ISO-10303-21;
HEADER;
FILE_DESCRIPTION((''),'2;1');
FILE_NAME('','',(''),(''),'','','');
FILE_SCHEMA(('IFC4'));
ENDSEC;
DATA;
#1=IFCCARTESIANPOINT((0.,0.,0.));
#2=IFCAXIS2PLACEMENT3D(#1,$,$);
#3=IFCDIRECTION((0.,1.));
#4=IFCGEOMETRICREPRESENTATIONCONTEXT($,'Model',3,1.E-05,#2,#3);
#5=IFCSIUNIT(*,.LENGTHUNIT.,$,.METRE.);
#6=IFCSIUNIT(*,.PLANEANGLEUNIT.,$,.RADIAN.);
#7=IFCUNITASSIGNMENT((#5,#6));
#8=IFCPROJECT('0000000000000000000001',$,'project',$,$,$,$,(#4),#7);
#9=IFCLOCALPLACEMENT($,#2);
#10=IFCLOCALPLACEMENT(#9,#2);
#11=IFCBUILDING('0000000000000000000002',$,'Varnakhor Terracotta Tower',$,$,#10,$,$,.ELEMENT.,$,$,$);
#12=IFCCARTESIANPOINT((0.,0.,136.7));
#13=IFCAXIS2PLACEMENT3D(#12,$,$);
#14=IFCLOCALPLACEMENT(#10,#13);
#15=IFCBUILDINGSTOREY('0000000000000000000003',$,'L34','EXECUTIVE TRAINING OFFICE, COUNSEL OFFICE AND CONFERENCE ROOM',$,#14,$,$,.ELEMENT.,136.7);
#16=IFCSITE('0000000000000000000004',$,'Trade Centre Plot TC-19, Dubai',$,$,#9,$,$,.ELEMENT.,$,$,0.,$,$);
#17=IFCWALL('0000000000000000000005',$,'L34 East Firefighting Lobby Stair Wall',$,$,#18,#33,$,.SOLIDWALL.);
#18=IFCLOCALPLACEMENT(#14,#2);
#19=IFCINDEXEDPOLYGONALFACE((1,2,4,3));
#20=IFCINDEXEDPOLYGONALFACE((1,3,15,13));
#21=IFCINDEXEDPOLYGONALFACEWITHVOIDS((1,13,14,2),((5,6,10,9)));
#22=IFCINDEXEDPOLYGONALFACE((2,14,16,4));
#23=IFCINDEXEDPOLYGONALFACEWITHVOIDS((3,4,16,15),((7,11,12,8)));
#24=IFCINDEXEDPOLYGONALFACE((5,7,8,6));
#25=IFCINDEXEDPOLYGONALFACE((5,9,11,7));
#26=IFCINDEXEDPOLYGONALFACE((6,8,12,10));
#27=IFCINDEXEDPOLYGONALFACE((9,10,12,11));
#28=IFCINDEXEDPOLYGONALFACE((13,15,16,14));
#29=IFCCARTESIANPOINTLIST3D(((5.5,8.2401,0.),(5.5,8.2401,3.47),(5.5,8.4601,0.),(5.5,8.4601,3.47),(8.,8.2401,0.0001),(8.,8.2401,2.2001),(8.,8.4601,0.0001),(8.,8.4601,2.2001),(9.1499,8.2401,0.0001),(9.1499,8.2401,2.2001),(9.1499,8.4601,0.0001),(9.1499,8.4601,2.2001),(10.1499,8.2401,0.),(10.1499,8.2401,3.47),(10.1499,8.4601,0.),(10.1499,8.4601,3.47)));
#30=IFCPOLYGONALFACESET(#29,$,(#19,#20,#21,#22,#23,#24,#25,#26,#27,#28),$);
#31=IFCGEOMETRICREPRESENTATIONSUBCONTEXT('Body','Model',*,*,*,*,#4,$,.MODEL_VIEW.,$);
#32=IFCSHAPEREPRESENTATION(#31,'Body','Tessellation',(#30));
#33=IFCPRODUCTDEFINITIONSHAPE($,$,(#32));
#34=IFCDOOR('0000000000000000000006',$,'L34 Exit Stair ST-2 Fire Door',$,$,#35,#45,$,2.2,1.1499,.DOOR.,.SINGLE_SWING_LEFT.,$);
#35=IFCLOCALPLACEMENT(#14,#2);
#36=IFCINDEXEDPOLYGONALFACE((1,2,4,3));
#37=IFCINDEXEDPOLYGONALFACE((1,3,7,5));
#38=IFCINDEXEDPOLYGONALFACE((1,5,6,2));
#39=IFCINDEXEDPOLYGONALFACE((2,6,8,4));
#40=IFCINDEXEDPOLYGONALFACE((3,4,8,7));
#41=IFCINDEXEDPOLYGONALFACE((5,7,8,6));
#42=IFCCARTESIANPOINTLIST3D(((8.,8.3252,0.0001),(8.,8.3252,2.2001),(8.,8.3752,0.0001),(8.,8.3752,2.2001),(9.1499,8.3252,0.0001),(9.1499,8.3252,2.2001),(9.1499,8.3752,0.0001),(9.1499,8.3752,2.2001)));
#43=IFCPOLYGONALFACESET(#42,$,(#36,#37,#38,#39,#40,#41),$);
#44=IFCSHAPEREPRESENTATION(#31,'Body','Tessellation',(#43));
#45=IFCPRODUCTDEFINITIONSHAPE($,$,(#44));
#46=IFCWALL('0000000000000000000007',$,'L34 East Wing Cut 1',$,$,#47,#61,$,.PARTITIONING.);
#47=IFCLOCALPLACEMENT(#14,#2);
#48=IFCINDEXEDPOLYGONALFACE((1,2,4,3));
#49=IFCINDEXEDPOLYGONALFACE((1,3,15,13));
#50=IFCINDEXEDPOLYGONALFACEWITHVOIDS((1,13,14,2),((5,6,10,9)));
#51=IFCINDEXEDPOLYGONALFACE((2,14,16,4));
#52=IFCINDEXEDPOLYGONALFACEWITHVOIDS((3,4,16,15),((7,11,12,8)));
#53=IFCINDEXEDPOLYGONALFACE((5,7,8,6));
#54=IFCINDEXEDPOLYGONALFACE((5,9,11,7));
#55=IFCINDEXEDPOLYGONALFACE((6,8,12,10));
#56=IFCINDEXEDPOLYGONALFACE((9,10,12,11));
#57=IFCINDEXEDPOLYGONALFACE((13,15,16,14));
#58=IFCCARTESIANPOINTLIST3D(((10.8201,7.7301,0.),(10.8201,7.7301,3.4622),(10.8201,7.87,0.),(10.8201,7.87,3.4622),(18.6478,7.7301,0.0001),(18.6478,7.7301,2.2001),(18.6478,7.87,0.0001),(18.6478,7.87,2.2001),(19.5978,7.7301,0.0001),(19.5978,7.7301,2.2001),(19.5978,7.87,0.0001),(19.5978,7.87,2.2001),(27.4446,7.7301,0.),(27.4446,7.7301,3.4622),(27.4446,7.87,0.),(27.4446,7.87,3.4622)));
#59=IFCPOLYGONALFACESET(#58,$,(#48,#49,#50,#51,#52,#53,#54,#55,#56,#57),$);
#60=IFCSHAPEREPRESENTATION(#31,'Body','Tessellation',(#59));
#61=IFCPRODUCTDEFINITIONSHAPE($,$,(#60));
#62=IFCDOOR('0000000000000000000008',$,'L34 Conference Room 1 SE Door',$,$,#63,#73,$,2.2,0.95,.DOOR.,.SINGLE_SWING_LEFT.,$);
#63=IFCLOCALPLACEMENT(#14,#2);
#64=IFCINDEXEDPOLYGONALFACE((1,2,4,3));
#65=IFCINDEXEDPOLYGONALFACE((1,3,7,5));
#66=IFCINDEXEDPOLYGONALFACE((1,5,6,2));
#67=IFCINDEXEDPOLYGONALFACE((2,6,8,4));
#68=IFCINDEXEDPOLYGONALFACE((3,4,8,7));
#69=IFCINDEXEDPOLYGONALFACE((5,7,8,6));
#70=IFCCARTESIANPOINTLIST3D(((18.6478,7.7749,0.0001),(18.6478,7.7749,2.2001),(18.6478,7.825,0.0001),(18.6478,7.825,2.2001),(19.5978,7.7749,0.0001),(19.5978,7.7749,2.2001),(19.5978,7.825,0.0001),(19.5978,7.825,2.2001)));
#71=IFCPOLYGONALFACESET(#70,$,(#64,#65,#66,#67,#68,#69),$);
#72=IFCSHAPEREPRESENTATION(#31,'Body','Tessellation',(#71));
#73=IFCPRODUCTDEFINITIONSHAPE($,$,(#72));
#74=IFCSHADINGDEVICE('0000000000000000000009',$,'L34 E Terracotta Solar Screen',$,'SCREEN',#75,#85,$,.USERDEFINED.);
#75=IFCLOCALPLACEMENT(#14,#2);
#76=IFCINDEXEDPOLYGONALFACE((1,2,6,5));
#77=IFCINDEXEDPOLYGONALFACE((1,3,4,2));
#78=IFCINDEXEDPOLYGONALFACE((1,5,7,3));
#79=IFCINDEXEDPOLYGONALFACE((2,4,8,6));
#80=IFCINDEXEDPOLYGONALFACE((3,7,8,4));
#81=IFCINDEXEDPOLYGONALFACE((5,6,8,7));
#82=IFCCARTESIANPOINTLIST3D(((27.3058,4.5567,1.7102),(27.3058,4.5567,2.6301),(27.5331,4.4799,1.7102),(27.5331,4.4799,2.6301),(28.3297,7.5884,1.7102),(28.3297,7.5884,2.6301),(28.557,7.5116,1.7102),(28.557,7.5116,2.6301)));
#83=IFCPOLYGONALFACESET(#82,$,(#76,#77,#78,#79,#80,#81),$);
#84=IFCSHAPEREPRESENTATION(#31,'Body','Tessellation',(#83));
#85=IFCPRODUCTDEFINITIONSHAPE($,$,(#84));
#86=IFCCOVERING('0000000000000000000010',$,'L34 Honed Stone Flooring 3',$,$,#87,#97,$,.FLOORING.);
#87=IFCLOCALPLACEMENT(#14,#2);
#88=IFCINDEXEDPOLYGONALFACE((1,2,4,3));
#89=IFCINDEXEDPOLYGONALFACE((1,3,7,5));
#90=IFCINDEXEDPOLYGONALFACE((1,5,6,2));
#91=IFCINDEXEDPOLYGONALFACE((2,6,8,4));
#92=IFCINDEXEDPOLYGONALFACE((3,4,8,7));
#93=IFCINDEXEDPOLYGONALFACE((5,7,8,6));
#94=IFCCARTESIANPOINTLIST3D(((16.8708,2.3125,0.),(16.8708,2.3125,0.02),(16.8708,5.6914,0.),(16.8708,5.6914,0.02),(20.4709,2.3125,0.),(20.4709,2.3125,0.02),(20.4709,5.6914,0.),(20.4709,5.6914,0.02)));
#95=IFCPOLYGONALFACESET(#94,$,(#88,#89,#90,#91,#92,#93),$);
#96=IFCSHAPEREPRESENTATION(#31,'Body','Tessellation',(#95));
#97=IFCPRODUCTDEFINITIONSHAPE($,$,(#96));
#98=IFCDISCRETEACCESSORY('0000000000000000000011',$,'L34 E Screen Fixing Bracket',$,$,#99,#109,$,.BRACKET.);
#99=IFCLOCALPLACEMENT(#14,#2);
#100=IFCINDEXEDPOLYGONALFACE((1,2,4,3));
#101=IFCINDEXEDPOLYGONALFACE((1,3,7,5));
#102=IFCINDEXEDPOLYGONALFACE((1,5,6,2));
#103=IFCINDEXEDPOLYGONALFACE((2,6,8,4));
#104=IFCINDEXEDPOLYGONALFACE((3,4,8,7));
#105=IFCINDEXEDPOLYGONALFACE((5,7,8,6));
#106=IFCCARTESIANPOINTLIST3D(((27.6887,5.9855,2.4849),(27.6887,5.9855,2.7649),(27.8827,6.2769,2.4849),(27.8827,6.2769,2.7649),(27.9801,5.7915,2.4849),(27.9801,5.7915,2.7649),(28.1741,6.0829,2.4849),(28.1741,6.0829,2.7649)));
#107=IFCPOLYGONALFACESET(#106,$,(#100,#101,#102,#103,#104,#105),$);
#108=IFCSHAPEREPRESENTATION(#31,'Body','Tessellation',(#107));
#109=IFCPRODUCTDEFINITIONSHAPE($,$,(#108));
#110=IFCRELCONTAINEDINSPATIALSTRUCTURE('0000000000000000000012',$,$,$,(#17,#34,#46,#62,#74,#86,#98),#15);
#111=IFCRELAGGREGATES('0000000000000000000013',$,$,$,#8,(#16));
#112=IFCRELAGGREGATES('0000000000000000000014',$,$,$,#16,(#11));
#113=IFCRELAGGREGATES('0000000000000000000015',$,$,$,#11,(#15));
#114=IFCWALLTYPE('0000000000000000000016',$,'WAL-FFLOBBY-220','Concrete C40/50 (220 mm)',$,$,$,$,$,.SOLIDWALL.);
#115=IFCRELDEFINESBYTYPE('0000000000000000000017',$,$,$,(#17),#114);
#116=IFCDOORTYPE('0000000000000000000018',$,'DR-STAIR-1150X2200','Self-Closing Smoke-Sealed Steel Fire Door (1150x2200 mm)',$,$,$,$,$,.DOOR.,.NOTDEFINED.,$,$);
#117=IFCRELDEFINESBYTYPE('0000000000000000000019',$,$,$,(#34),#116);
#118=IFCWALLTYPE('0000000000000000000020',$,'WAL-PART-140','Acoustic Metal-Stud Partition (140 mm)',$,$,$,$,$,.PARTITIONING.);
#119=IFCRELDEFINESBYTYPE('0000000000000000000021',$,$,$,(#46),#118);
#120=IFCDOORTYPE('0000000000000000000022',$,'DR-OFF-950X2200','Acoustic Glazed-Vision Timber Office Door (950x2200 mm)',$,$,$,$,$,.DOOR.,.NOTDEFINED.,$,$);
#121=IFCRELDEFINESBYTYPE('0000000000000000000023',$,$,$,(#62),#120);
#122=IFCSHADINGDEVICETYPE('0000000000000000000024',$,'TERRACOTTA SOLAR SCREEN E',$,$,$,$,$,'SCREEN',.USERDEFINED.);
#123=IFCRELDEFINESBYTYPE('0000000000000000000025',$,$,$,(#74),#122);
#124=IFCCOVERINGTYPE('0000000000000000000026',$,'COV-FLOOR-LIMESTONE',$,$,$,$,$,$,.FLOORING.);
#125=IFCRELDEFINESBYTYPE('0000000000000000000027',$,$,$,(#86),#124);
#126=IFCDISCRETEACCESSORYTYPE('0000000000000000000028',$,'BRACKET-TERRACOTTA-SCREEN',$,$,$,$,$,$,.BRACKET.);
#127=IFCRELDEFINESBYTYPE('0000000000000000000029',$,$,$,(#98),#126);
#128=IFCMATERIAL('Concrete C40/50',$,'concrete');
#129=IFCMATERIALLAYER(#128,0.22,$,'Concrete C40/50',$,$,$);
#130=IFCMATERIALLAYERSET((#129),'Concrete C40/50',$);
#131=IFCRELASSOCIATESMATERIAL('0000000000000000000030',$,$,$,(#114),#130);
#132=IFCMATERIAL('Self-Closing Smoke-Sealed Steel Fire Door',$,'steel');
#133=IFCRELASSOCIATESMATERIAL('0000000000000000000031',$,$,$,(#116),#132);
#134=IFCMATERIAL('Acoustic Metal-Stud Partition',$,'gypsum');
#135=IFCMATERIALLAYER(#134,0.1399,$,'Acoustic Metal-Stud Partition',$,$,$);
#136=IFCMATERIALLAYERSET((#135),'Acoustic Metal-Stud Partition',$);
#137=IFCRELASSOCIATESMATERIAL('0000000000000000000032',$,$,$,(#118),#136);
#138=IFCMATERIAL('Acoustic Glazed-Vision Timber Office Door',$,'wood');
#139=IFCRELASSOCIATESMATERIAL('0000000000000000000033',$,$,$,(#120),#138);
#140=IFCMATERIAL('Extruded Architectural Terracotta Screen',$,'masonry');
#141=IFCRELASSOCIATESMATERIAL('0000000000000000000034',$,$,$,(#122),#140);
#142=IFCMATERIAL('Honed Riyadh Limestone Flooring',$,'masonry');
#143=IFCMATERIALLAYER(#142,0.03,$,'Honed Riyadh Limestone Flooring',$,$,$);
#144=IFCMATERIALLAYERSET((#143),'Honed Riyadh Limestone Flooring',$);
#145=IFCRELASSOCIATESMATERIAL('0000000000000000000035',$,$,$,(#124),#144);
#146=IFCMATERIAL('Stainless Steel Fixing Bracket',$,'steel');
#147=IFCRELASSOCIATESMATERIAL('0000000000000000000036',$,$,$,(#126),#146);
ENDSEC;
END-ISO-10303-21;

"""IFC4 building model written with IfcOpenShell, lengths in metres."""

from ifc_helpers import new_model, si_unit, direction, frame, frame_2d, origin, origin_2d, place, context, subcontext, project, spatial, rectangle, extrude, source, transform, mapped, material, layer, layer_set, type_object, type_shapes, element, fill, save


model = new_model("IFC4")

# Units and contexts
model_context = context("Model", 3, precision=1e-05, world=origin(), true_north=direction((0.0, 1.0)))
body_context = subcontext(model_context, "Body", "Model", "MODEL_VIEW")
ifc_project = project(units=[si_unit("LENGTHUNIT", "METRE"), si_unit("PLANEANGLEUNIT", "RADIAN")], contexts=[model_context])

# Site, building, storey
site_placement = place(None, origin())
site = spatial("IfcSite", under=ifc_project, at=site_placement, Name="Trade Centre Plot TC-19, Dubai", CompositionType="ELEMENT", RefElevation=0.0)
building_placement = place(site_placement, origin())
building = spatial("IfcBuilding", under=site, at=building_placement, Name="Varnakhor Terracotta Tower", CompositionType="ELEMENT")
storey_placement = place(building_placement, frame((0.0, 0.0, 136.7)))
storey = spatial("IfcBuildingStorey", under=building, at=storey_placement, Name="L34", Description="EXECUTIVE TRAINING OFFICE, COUNSEL OFFICE AND CONFERENCE ROOM", CompositionType="ELEMENT", Elevation=136.7)

# Walls, openings, doors
ifc_material_1 = material(Name="Concrete C40/50", Category="concrete")
ifc_layer_1 = layer(ifc_material_1, 0.22, Name="Concrete C40/50")
ifc_layer_set_1 = layer_set([ifc_layer_1], Name="Concrete C40/50")
wall_type_1 = type_object("IfcWallType", Name="WAL-FFLOBBY-220", Description="Concrete C40/50 (220 mm)", PredefinedType="SOLIDWALL", material=ifc_layer_set_1)
wall_1_placement = place(storey_placement, frame((10.1499, 8.3501, 0.0), z_axis=(0.0, 0.0, 1.0), x_axis=(-1.0, 0.0, 0.0)))
wall_1 = element("IfcWall", 1, at=wall_1_placement, inside=storey, type_object=wall_type_1, Name="L34 East Firefighting Lobby Stair Wall", PredefinedType="SOLIDWALL", context=body_context, shape_type="SweptSolid", body=[
    extrude(rectangle(XDim=4.6499, YDim=0.22, at=frame_2d((2.325, 0.0))), origin(), (0.0, 0.0, 1.0), 3.47),
])
opening_1_placement = place(wall_1_placement, frame((1.0, 0.0, 0.0)))
opening_1 = element("IfcOpeningElement", 2, at=opening_1_placement, cuts=wall_1, PredefinedType="OPENING", context=body_context, shape_type="SweptSolid", body=[
    extrude(rectangle(XDim=1.1499, YDim=2.2, at=frame_2d((0.575, 1.1001))), frame((0.0, 0.1201, 0.0), z_axis=(0.0, -1.0, 0.0), x_axis=(1.0, 0.0, 0.0)), (0.0, 0.0, 1.0), 0.24),
])
ifc_material_2 = material(Name="Self-Closing Smoke-Sealed Steel Fire Door", Category="steel")
door_type_1 = type_object("IfcDoorType", Name="DR-STAIR-1150X2200", Description="Self-Closing Smoke-Sealed Steel Fire Door (1150x2200 mm)", OperationType="NOTDEFINED", PredefinedType="DOOR", material=ifc_material_2)
shared_shape_1 = source(origin(), body_context, "Body", "SweptSolid", [
    extrude(rectangle(XDim=1.1499, YDim=2.2, at=frame_2d((0.575, 1.1001))), frame((0.0, 0.0249, 0.0), z_axis=(0.0, -1.0, 0.0), x_axis=(1.0, 0.0, 0.0)), (0.0, 0.0, 1.0), 0.05),
])
type_shapes(door_type_1, [shared_shape_1])
door_1_placement = place(opening_1_placement, origin())
door_1 = element("IfcDoor", 3, at=door_1_placement, inside=storey, type_object=door_type_1, Name="L34 Exit Stair ST-2 Fire Door", OperationType="SINGLE_SWING_LEFT", OverallHeight=2.2, OverallWidth=1.1499, PredefinedType="DOOR", context=body_context, shape_type="MappedRepresentation", body=[
    mapped(shared_shape_1, transform((0.0, 0.0, 0.0), scale=1.0)),
])
fill(opening_1, door_1)
ifc_material_3 = material(Name="Acoustic Metal-Stud Partition", Category="gypsum")
ifc_layer_2 = layer(ifc_material_3, 0.1399, Name="Acoustic Metal-Stud Partition")
ifc_layer_set_2 = layer_set([ifc_layer_2], Name="Acoustic Metal-Stud Partition")
wall_type_2 = type_object("IfcWallType", Name="WAL-PART-140", Description="Acoustic Metal-Stud Partition (140 mm)", PredefinedType="PARTITIONING", material=ifc_layer_set_2)
wall_2_placement = place(storey_placement, frame((10.8201, 7.8, 0.0), z_axis=(0.0, 0.0, 1.0), x_axis=(1.0, 0.0, 0.0)))
wall_2 = element("IfcWall", 4, at=wall_2_placement, inside=storey, type_object=wall_type_2, Name="L34 East Wing Cut 1", PredefinedType="PARTITIONING", context=body_context, shape_type="SweptSolid", body=[
    extrude(rectangle(XDim=16.6245, YDim=0.1399, at=frame_2d((8.3123, 0.0))), origin(), (0.0, 0.0, 1.0), 3.4622),
])
opening_2_placement = place(wall_2_placement, frame((7.8276, 0.0, 0.0)))
opening_2 = element("IfcOpeningElement", 5, at=opening_2_placement, cuts=wall_2, PredefinedType="OPENING", context=body_context, shape_type="SweptSolid", body=[
    extrude(rectangle(XDim=0.95, YDim=2.2, at=frame_2d((0.4751, 1.1001))), frame((0.0, 0.0801, 0.0), z_axis=(0.0, -1.0, 0.0), x_axis=(1.0, 0.0, 0.0)), (0.0, 0.0, 1.0), 0.1599),
])
ifc_material_4 = material(Name="Acoustic Glazed-Vision Timber Office Door", Category="wood")
door_type_2 = type_object("IfcDoorType", Name="DR-OFF-950X2200", Description="Acoustic Glazed-Vision Timber Office Door (950x2200 mm)", OperationType="NOTDEFINED", PredefinedType="DOOR", material=ifc_material_4)
shared_shape_2 = source(origin(), body_context, "Body", "SweptSolid", [
    extrude(rectangle(XDim=0.95, YDim=2.2, at=frame_2d((0.4751, 1.1001))), frame((0.0, 0.0249, 0.0), z_axis=(0.0, -1.0, 0.0), x_axis=(1.0, 0.0, 0.0)), (0.0, 0.0, 1.0), 0.05),
])
type_shapes(door_type_2, [shared_shape_2])
door_2_placement = place(opening_2_placement, origin())
door_2 = element("IfcDoor", 6, at=door_2_placement, inside=storey, type_object=door_type_2, Name="L34 Conference Room 1 SE Door", OperationType="SINGLE_SWING_LEFT", OverallHeight=2.2, OverallWidth=0.95, PredefinedType="DOOR", context=body_context, shape_type="MappedRepresentation", body=[
    mapped(shared_shape_2, transform((0.0, 0.0, 0.0), scale=1.0)),
])
fill(opening_2, door_2)

# Shading device
ifc_material_5 = material(Name="Extruded Architectural Terracotta Screen", Category="masonry")
shading_device_type = type_object("IfcShadingDeviceType", Name="TERRACOTTA SOLAR SCREEN E", ElementType="SCREEN", PredefinedType="USERDEFINED", material=ifc_material_5)
shared_shape_3 = source(origin(), body_context, "Body", "SweptSolid", [
    extrude(rectangle(XDim=3.2, YDim=0.24, at=origin_2d()), origin(), (0.0, 0.0, 1.0), 0.9199),
])
type_shapes(shading_device_type, [shared_shape_3])
shading_device_placement = place(storey_placement, frame((27.9314, 6.0342, 1.7102), z_axis=(0.0, 0.0, 1.0), x_axis=(0.319968, 0.947428, 0.0)))
element("IfcShadingDevice", 7, at=shading_device_placement, inside=storey, type_object=shading_device_type, Name="L34 E Terracotta Solar Screen", ObjectType="SCREEN", PredefinedType="USERDEFINED", context=body_context, shape_type="MappedRepresentation", body=[
    mapped(shared_shape_3, transform((0.0, 0.0, 0.0), scale=1.0)),
])

# Covering
ifc_material_6 = material(Name="Honed Riyadh Limestone Flooring", Category="masonry")
ifc_layer_3 = layer(ifc_material_6, 0.03, Name="Honed Riyadh Limestone Flooring")
ifc_layer_set_3 = layer_set([ifc_layer_3], Name="Honed Riyadh Limestone Flooring")
covering_type = type_object("IfcCoveringType", Name="COV-FLOOR-LIMESTONE", PredefinedType="FLOORING", material=ifc_layer_set_3)
shared_shape_4 = source(origin(), body_context, "Body", "SweptSolid", [
    extrude(rectangle(XDim=3.6001, YDim=3.3789, at=origin_2d()), origin(), (0.0, 0.0, 1.0), 0.02),
])
covering_placement = place(storey_placement, frame((18.6709, 4.002, 0.0), z_axis=(0.0, 0.0, 1.0), x_axis=(1.0, 0.0, 0.0)))
element("IfcCovering", 8, at=covering_placement, inside=storey, type_object=covering_type, Name="L34 Honed Stone Flooring 3", PredefinedType="FLOORING", context=body_context, shape_type="MappedRepresentation", body=[
    mapped(shared_shape_4, transform((0.0, 0.0, 0.0), scale=1.0)),
])

# Discrete accessory
ifc_material_7 = material(Name="Stainless Steel Fixing Bracket", Category="steel")
discrete_accessory_type = type_object("IfcDiscreteAccessoryType", Name="BRACKET-TERRACOTTA-SCREEN", PredefinedType="BRACKET", material=ifc_material_7)
shared_shape_5 = source(origin(), body_context, "Body", "SweptSolid", [
    extrude(rectangle(XDim=0.3501, YDim=0.3501, at=origin_2d()), origin(), (0.0, 0.0, 1.0), 0.28),
])
type_shapes(discrete_accessory_type, [shared_shape_5])
discrete_accessory_placement = place(storey_placement, frame((27.9314, 6.0342, 2.4849), z_axis=(0.0, 0.0, 1.0), x_axis=(0.554278, 0.832332, 0.0)))
element("IfcDiscreteAccessory", 9, at=discrete_accessory_placement, inside=storey, type_object=discrete_accessory_type, Name="L34 E Screen Fixing Bracket", PredefinedType="BRACKET", context=body_context, shape_type="MappedRepresentation", body=[
    mapped(shared_shape_5, transform((0.0, 0.0, 0.0), scale=1.0)),
])

save(model, "model.ifc")
